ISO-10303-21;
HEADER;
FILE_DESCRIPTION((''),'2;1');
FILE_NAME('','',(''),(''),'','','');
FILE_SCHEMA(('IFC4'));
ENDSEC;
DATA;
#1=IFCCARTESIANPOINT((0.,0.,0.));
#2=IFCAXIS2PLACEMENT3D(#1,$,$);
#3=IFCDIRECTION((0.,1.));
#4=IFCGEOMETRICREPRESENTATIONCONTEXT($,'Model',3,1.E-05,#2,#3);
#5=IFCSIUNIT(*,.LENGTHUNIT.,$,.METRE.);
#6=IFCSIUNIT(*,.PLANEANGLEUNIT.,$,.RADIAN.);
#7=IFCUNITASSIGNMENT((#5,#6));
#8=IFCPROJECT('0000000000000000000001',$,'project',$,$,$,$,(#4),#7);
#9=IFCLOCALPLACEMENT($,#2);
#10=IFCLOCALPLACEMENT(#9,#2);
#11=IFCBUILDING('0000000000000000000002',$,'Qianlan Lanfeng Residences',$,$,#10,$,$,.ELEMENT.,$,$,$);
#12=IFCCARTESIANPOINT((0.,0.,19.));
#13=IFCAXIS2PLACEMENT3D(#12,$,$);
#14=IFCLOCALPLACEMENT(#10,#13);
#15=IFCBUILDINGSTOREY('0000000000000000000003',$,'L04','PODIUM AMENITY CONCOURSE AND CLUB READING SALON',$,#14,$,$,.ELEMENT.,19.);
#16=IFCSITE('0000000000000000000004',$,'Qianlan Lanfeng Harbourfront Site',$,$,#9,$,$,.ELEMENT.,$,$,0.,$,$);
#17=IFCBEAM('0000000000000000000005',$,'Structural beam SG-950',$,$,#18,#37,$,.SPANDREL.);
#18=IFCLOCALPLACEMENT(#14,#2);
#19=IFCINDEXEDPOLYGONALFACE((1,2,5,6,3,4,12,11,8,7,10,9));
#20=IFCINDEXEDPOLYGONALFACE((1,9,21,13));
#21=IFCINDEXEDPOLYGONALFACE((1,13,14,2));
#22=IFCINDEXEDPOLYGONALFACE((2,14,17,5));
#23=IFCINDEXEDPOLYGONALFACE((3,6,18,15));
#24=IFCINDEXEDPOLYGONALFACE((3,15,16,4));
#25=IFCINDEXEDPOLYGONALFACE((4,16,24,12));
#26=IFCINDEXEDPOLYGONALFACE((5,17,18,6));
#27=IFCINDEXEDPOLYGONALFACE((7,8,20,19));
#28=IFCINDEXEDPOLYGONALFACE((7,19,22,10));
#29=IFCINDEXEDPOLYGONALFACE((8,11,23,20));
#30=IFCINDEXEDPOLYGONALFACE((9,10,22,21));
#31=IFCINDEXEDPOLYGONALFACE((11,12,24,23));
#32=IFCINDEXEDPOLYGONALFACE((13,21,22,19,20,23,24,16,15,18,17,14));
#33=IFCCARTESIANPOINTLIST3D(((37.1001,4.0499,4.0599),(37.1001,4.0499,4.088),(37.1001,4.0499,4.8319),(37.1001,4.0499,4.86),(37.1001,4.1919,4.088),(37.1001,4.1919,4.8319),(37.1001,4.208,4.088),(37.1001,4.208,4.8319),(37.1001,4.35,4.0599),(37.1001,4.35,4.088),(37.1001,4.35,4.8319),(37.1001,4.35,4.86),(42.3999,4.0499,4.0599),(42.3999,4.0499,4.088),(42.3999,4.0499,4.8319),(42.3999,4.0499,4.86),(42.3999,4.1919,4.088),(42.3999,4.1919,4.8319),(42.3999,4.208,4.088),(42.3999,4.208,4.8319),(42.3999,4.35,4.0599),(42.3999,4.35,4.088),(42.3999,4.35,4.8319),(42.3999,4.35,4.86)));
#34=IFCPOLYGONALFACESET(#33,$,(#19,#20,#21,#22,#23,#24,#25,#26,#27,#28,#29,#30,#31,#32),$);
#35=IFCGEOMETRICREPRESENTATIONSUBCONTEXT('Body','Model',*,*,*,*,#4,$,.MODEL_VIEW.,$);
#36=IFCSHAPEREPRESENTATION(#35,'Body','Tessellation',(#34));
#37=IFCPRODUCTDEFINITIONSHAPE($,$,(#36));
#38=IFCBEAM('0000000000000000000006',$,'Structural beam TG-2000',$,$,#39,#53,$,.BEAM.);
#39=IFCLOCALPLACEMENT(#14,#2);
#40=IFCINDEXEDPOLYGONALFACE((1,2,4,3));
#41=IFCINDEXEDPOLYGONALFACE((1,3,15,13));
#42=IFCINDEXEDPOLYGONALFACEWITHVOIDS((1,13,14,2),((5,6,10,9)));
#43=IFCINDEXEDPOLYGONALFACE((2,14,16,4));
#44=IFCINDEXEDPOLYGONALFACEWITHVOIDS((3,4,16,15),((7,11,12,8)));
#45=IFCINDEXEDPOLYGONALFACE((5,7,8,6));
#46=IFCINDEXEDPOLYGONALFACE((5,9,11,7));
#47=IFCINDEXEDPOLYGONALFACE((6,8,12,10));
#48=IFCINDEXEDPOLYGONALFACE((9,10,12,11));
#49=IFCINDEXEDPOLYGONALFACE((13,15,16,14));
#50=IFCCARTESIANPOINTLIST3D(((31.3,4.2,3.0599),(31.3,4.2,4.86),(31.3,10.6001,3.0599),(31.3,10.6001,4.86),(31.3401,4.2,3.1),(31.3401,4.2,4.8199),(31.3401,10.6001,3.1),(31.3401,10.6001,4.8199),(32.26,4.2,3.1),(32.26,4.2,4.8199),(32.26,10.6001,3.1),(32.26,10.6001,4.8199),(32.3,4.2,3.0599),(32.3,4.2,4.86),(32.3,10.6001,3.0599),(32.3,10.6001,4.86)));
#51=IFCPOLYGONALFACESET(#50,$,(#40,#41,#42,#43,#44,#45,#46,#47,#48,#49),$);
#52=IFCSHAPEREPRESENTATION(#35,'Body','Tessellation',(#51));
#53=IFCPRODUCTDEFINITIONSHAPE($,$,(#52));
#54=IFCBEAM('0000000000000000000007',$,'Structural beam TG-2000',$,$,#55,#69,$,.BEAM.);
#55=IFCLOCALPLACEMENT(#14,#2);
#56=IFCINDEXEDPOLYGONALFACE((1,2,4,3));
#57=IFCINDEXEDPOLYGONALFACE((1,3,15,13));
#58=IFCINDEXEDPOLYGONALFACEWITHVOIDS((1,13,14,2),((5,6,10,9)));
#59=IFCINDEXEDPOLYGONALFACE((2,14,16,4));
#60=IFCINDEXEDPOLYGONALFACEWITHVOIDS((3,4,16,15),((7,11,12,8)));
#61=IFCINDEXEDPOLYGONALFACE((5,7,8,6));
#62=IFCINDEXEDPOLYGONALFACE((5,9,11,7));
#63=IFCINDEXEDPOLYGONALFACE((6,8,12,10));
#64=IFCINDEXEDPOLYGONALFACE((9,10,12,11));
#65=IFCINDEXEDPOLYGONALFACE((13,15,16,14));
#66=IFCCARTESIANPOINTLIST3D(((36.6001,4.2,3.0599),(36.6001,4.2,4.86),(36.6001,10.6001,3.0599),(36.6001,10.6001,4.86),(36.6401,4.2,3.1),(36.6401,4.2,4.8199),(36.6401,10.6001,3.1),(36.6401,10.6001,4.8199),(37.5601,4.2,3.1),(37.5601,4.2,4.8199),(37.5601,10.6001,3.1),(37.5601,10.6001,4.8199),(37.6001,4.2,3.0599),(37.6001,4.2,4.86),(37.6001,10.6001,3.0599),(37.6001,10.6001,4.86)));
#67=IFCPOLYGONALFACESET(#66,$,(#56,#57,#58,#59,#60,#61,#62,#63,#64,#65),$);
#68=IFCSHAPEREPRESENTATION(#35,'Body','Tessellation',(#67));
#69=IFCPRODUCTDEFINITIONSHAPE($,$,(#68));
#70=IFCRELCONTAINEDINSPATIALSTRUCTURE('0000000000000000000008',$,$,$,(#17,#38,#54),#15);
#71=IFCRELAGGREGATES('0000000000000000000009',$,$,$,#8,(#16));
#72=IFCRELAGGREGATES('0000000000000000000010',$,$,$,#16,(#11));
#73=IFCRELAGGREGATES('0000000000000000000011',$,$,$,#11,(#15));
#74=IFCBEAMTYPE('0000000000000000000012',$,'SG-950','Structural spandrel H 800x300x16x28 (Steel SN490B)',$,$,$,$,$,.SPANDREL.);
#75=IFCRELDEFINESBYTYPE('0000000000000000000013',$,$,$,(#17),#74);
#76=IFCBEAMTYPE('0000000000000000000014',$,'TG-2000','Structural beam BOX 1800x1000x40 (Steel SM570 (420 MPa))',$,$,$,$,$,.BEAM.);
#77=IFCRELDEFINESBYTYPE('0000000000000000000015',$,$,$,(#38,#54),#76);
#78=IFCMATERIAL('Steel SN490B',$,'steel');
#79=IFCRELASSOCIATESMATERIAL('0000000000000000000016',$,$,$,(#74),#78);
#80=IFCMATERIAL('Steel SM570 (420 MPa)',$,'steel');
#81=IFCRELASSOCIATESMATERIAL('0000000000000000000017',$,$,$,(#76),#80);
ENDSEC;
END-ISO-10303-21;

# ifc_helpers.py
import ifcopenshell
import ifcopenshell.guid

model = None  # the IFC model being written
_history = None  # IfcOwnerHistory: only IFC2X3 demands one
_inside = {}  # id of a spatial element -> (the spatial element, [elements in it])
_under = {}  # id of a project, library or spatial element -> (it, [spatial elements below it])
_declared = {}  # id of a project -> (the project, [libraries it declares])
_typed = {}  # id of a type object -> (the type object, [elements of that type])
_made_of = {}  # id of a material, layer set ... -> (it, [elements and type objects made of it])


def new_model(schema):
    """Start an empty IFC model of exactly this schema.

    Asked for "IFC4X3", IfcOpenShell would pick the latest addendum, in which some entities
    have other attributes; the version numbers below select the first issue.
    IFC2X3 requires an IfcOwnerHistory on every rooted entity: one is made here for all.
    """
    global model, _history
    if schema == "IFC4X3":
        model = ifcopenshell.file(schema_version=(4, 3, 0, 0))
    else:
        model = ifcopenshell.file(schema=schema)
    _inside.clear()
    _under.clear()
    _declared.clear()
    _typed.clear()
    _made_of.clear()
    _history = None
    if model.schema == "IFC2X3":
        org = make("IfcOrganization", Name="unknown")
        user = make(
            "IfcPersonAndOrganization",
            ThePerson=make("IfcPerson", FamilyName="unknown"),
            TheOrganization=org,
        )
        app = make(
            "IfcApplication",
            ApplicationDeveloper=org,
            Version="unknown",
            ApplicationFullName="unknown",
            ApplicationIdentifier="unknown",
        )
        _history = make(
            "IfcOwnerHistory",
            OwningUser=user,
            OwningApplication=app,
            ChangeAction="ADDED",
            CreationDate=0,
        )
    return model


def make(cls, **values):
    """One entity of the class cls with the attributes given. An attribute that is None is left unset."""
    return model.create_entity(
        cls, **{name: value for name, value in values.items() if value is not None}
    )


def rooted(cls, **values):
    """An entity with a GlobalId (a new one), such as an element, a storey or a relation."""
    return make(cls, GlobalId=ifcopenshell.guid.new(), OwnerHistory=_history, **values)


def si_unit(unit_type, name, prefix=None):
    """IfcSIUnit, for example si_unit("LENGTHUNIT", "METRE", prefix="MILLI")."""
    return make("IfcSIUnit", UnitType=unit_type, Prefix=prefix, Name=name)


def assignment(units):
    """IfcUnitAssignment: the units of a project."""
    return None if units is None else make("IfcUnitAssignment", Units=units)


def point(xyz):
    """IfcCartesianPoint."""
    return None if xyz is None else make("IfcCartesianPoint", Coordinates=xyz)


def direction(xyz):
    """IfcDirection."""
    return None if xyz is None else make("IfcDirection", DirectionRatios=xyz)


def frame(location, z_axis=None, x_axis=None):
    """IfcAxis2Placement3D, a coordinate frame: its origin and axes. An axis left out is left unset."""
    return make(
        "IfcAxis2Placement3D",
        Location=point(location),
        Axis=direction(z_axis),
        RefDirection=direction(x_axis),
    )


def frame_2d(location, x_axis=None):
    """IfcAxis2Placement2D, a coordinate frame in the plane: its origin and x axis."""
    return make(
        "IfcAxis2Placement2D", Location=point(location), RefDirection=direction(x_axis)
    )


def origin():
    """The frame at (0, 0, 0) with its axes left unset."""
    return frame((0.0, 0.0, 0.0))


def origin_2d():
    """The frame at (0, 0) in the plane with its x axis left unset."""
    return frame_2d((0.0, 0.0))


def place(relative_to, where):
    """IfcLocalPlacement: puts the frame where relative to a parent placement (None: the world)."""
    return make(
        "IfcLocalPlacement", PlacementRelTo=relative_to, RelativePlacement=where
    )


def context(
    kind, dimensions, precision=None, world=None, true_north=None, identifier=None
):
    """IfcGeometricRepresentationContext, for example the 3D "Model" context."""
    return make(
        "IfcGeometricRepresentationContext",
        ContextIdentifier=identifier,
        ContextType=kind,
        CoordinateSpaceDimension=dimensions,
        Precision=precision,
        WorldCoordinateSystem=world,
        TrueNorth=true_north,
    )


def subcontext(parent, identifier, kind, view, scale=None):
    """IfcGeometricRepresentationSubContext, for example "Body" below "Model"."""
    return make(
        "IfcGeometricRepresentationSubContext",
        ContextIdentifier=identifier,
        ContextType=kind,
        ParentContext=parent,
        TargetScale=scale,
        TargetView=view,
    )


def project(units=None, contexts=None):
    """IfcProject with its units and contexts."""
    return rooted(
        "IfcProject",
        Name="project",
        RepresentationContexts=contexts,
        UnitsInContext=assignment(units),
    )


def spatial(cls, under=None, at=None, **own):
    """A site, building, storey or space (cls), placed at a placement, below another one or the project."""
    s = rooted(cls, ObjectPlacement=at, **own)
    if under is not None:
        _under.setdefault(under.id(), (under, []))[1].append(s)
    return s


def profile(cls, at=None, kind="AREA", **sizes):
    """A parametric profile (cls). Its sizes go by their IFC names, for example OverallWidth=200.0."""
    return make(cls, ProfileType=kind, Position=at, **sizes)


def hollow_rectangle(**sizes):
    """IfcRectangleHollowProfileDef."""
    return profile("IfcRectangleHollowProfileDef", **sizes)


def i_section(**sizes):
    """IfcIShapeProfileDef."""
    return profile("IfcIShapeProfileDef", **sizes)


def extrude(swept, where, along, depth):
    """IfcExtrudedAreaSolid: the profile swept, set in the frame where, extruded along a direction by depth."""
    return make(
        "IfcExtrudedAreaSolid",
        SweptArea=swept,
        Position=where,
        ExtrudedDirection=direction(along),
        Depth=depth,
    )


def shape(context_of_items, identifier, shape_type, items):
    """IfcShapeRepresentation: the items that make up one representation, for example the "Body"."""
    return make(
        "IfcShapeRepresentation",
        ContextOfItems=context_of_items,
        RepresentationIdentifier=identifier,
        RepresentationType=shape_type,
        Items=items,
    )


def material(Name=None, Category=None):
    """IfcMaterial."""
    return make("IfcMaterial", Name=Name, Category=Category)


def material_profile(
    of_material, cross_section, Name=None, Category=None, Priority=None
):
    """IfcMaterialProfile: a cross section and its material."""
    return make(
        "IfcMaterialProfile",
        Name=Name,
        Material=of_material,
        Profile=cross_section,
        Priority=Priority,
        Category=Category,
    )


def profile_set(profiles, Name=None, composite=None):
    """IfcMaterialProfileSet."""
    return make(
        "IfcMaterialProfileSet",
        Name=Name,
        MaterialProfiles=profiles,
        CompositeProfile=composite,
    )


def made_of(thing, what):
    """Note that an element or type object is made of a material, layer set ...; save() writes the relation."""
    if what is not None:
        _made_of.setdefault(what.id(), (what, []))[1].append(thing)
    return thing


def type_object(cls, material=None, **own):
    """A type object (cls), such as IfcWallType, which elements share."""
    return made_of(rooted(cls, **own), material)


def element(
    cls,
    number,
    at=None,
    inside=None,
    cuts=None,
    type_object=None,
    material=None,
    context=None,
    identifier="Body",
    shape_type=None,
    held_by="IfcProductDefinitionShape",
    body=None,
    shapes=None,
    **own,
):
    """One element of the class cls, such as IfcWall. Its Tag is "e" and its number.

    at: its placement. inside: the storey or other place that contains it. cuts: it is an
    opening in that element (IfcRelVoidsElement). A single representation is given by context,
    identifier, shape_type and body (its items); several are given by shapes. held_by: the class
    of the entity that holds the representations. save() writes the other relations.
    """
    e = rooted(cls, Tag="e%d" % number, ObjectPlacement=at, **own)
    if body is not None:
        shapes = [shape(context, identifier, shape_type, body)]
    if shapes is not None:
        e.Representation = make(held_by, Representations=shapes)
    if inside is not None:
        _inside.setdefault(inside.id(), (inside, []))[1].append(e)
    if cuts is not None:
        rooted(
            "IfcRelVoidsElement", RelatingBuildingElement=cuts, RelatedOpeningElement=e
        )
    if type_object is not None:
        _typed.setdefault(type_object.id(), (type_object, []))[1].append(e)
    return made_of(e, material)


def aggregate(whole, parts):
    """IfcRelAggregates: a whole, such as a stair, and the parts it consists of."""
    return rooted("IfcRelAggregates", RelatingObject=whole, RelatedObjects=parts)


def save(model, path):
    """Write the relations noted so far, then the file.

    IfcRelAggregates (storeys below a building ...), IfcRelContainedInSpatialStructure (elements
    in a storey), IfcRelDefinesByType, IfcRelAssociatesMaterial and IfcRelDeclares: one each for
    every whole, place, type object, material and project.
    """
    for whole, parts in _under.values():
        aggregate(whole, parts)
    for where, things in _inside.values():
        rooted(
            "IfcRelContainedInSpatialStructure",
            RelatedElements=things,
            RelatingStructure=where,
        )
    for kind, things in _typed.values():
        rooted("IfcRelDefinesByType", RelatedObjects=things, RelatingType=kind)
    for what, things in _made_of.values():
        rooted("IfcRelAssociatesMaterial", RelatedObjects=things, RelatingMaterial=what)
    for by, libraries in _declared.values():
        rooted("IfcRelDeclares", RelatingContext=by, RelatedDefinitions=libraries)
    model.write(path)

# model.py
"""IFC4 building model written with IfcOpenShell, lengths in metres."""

from ifc_helpers import new_model, si_unit, direction, frame, origin, origin_2d, place, context, subcontext, project, spatial, hollow_rectangle, i_section, extrude, material, material_profile, profile_set, type_object, element, save


model = new_model("IFC4")

# Units and contexts
model_context = context("Model", 3, precision=1e-05, world=origin(), true_north=direction((0.0, 1.0)))
body_context = subcontext(model_context, "Body", "Model", "MODEL_VIEW")
ifc_project = project(units=[si_unit("LENGTHUNIT", "METRE"), si_unit("PLANEANGLEUNIT", "RADIAN")], contexts=[model_context])

# Site, building, storey
site_placement = place(None, origin())
site = spatial("IfcSite", under=ifc_project, at=site_placement, Name="Qianlan Lanfeng Harbourfront Site", CompositionType="ELEMENT", RefElevation=0.0)
building_placement = place(site_placement, origin())
building = spatial("IfcBuilding", under=site, at=building_placement, Name="Qianlan Lanfeng Residences", CompositionType="ELEMENT")
storey_placement = place(building_placement, frame((0.0, 0.0, 19.0)))
storey = spatial("IfcBuildingStorey", under=building, at=storey_placement, Name="L04", Description="PODIUM AMENITY CONCOURSE AND CLUB READING SALON", CompositionType="ELEMENT", Elevation=19.0)

# Shared definitions
ifc_material_1 = material(Name="Steel SM570 (420 MPa)", Category="steel")

# Beams
ifc_material_2 = material(Name="Steel SN490B", Category="steel")
ifc_material_profile_1 = material_profile(ifc_material_2, i_section(OverallWidth=0.3, OverallDepth=0.8, WebThickness=0.0161, FlangeThickness=0.0281, at=origin_2d()), Name="H 800x300x16x28")
ifc_profile_set_1 = profile_set([ifc_material_profile_1], Name="Steel SN490B")
beam_type_1 = type_object("IfcBeamType", Name="SG-950", Description="Structural spandrel H 800x300x16x28 (Steel SN490B)", PredefinedType="SPANDREL", material=ifc_profile_set_1)
beam_1_placement = place(storey_placement, frame((37.1001, 4.2, 4.46), z_axis=(1.0, 0.0, 0.0), x_axis=(0.0, 1.0, 0.0)))
element("IfcBeam", 1, at=beam_1_placement, inside=storey, type_object=beam_type_1, Name="Structural beam SG-950", PredefinedType="SPANDREL", context=body_context, shape_type="SweptSolid", body=[
    extrude(i_section(OverallWidth=0.3, OverallDepth=0.8, WebThickness=0.0161, FlangeThickness=0.0281, at=origin_2d()), origin(), (0.0, 0.0, 1.0), 5.2998),
])
ifc_material_profile_2 = material_profile(ifc_material_1, hollow_rectangle(XDim=1.0, YDim=1.8, WallThickness=0.04, at=origin_2d()), Name="BOX 1800x1000x40")
ifc_profile_set_2 = profile_set([ifc_material_profile_2], Name="Steel SM570 (420 MPa)")
beam_type_2 = type_object("IfcBeamType", Name="TG-2000", Description="Structural beam BOX 1800x1000x40 (Steel SM570 (420 MPa))", PredefinedType="BEAM", material=ifc_profile_set_2)
for number, where, z_axis, x_axis, name in (
    (2, (31.8, 4.2, 3.96), (0.0, 1.0, 0.0), (-1.0, 0.0, 0.0), "Structural beam TG-2000"),
    (3, (37.1001, 4.2, 3.96), (0.0, 1.0, 0.0), (-1.0, 0.0, 0.0), "Structural beam TG-2000"),
):
    element("IfcBeam", number, at=place(storey_placement, frame(where, z_axis=z_axis, x_axis=x_axis)), inside=storey, type_object=beam_type_2, Name=name, PredefinedType="BEAM", context=body_context, shape_type="SweptSolid", body=[
        extrude(hollow_rectangle(XDim=1.0, YDim=1.8, WallThickness=0.04, at=origin_2d()), origin(), (0.0, 0.0, 1.0), 6.4001),
    ])

save(model, "model.ifc")
